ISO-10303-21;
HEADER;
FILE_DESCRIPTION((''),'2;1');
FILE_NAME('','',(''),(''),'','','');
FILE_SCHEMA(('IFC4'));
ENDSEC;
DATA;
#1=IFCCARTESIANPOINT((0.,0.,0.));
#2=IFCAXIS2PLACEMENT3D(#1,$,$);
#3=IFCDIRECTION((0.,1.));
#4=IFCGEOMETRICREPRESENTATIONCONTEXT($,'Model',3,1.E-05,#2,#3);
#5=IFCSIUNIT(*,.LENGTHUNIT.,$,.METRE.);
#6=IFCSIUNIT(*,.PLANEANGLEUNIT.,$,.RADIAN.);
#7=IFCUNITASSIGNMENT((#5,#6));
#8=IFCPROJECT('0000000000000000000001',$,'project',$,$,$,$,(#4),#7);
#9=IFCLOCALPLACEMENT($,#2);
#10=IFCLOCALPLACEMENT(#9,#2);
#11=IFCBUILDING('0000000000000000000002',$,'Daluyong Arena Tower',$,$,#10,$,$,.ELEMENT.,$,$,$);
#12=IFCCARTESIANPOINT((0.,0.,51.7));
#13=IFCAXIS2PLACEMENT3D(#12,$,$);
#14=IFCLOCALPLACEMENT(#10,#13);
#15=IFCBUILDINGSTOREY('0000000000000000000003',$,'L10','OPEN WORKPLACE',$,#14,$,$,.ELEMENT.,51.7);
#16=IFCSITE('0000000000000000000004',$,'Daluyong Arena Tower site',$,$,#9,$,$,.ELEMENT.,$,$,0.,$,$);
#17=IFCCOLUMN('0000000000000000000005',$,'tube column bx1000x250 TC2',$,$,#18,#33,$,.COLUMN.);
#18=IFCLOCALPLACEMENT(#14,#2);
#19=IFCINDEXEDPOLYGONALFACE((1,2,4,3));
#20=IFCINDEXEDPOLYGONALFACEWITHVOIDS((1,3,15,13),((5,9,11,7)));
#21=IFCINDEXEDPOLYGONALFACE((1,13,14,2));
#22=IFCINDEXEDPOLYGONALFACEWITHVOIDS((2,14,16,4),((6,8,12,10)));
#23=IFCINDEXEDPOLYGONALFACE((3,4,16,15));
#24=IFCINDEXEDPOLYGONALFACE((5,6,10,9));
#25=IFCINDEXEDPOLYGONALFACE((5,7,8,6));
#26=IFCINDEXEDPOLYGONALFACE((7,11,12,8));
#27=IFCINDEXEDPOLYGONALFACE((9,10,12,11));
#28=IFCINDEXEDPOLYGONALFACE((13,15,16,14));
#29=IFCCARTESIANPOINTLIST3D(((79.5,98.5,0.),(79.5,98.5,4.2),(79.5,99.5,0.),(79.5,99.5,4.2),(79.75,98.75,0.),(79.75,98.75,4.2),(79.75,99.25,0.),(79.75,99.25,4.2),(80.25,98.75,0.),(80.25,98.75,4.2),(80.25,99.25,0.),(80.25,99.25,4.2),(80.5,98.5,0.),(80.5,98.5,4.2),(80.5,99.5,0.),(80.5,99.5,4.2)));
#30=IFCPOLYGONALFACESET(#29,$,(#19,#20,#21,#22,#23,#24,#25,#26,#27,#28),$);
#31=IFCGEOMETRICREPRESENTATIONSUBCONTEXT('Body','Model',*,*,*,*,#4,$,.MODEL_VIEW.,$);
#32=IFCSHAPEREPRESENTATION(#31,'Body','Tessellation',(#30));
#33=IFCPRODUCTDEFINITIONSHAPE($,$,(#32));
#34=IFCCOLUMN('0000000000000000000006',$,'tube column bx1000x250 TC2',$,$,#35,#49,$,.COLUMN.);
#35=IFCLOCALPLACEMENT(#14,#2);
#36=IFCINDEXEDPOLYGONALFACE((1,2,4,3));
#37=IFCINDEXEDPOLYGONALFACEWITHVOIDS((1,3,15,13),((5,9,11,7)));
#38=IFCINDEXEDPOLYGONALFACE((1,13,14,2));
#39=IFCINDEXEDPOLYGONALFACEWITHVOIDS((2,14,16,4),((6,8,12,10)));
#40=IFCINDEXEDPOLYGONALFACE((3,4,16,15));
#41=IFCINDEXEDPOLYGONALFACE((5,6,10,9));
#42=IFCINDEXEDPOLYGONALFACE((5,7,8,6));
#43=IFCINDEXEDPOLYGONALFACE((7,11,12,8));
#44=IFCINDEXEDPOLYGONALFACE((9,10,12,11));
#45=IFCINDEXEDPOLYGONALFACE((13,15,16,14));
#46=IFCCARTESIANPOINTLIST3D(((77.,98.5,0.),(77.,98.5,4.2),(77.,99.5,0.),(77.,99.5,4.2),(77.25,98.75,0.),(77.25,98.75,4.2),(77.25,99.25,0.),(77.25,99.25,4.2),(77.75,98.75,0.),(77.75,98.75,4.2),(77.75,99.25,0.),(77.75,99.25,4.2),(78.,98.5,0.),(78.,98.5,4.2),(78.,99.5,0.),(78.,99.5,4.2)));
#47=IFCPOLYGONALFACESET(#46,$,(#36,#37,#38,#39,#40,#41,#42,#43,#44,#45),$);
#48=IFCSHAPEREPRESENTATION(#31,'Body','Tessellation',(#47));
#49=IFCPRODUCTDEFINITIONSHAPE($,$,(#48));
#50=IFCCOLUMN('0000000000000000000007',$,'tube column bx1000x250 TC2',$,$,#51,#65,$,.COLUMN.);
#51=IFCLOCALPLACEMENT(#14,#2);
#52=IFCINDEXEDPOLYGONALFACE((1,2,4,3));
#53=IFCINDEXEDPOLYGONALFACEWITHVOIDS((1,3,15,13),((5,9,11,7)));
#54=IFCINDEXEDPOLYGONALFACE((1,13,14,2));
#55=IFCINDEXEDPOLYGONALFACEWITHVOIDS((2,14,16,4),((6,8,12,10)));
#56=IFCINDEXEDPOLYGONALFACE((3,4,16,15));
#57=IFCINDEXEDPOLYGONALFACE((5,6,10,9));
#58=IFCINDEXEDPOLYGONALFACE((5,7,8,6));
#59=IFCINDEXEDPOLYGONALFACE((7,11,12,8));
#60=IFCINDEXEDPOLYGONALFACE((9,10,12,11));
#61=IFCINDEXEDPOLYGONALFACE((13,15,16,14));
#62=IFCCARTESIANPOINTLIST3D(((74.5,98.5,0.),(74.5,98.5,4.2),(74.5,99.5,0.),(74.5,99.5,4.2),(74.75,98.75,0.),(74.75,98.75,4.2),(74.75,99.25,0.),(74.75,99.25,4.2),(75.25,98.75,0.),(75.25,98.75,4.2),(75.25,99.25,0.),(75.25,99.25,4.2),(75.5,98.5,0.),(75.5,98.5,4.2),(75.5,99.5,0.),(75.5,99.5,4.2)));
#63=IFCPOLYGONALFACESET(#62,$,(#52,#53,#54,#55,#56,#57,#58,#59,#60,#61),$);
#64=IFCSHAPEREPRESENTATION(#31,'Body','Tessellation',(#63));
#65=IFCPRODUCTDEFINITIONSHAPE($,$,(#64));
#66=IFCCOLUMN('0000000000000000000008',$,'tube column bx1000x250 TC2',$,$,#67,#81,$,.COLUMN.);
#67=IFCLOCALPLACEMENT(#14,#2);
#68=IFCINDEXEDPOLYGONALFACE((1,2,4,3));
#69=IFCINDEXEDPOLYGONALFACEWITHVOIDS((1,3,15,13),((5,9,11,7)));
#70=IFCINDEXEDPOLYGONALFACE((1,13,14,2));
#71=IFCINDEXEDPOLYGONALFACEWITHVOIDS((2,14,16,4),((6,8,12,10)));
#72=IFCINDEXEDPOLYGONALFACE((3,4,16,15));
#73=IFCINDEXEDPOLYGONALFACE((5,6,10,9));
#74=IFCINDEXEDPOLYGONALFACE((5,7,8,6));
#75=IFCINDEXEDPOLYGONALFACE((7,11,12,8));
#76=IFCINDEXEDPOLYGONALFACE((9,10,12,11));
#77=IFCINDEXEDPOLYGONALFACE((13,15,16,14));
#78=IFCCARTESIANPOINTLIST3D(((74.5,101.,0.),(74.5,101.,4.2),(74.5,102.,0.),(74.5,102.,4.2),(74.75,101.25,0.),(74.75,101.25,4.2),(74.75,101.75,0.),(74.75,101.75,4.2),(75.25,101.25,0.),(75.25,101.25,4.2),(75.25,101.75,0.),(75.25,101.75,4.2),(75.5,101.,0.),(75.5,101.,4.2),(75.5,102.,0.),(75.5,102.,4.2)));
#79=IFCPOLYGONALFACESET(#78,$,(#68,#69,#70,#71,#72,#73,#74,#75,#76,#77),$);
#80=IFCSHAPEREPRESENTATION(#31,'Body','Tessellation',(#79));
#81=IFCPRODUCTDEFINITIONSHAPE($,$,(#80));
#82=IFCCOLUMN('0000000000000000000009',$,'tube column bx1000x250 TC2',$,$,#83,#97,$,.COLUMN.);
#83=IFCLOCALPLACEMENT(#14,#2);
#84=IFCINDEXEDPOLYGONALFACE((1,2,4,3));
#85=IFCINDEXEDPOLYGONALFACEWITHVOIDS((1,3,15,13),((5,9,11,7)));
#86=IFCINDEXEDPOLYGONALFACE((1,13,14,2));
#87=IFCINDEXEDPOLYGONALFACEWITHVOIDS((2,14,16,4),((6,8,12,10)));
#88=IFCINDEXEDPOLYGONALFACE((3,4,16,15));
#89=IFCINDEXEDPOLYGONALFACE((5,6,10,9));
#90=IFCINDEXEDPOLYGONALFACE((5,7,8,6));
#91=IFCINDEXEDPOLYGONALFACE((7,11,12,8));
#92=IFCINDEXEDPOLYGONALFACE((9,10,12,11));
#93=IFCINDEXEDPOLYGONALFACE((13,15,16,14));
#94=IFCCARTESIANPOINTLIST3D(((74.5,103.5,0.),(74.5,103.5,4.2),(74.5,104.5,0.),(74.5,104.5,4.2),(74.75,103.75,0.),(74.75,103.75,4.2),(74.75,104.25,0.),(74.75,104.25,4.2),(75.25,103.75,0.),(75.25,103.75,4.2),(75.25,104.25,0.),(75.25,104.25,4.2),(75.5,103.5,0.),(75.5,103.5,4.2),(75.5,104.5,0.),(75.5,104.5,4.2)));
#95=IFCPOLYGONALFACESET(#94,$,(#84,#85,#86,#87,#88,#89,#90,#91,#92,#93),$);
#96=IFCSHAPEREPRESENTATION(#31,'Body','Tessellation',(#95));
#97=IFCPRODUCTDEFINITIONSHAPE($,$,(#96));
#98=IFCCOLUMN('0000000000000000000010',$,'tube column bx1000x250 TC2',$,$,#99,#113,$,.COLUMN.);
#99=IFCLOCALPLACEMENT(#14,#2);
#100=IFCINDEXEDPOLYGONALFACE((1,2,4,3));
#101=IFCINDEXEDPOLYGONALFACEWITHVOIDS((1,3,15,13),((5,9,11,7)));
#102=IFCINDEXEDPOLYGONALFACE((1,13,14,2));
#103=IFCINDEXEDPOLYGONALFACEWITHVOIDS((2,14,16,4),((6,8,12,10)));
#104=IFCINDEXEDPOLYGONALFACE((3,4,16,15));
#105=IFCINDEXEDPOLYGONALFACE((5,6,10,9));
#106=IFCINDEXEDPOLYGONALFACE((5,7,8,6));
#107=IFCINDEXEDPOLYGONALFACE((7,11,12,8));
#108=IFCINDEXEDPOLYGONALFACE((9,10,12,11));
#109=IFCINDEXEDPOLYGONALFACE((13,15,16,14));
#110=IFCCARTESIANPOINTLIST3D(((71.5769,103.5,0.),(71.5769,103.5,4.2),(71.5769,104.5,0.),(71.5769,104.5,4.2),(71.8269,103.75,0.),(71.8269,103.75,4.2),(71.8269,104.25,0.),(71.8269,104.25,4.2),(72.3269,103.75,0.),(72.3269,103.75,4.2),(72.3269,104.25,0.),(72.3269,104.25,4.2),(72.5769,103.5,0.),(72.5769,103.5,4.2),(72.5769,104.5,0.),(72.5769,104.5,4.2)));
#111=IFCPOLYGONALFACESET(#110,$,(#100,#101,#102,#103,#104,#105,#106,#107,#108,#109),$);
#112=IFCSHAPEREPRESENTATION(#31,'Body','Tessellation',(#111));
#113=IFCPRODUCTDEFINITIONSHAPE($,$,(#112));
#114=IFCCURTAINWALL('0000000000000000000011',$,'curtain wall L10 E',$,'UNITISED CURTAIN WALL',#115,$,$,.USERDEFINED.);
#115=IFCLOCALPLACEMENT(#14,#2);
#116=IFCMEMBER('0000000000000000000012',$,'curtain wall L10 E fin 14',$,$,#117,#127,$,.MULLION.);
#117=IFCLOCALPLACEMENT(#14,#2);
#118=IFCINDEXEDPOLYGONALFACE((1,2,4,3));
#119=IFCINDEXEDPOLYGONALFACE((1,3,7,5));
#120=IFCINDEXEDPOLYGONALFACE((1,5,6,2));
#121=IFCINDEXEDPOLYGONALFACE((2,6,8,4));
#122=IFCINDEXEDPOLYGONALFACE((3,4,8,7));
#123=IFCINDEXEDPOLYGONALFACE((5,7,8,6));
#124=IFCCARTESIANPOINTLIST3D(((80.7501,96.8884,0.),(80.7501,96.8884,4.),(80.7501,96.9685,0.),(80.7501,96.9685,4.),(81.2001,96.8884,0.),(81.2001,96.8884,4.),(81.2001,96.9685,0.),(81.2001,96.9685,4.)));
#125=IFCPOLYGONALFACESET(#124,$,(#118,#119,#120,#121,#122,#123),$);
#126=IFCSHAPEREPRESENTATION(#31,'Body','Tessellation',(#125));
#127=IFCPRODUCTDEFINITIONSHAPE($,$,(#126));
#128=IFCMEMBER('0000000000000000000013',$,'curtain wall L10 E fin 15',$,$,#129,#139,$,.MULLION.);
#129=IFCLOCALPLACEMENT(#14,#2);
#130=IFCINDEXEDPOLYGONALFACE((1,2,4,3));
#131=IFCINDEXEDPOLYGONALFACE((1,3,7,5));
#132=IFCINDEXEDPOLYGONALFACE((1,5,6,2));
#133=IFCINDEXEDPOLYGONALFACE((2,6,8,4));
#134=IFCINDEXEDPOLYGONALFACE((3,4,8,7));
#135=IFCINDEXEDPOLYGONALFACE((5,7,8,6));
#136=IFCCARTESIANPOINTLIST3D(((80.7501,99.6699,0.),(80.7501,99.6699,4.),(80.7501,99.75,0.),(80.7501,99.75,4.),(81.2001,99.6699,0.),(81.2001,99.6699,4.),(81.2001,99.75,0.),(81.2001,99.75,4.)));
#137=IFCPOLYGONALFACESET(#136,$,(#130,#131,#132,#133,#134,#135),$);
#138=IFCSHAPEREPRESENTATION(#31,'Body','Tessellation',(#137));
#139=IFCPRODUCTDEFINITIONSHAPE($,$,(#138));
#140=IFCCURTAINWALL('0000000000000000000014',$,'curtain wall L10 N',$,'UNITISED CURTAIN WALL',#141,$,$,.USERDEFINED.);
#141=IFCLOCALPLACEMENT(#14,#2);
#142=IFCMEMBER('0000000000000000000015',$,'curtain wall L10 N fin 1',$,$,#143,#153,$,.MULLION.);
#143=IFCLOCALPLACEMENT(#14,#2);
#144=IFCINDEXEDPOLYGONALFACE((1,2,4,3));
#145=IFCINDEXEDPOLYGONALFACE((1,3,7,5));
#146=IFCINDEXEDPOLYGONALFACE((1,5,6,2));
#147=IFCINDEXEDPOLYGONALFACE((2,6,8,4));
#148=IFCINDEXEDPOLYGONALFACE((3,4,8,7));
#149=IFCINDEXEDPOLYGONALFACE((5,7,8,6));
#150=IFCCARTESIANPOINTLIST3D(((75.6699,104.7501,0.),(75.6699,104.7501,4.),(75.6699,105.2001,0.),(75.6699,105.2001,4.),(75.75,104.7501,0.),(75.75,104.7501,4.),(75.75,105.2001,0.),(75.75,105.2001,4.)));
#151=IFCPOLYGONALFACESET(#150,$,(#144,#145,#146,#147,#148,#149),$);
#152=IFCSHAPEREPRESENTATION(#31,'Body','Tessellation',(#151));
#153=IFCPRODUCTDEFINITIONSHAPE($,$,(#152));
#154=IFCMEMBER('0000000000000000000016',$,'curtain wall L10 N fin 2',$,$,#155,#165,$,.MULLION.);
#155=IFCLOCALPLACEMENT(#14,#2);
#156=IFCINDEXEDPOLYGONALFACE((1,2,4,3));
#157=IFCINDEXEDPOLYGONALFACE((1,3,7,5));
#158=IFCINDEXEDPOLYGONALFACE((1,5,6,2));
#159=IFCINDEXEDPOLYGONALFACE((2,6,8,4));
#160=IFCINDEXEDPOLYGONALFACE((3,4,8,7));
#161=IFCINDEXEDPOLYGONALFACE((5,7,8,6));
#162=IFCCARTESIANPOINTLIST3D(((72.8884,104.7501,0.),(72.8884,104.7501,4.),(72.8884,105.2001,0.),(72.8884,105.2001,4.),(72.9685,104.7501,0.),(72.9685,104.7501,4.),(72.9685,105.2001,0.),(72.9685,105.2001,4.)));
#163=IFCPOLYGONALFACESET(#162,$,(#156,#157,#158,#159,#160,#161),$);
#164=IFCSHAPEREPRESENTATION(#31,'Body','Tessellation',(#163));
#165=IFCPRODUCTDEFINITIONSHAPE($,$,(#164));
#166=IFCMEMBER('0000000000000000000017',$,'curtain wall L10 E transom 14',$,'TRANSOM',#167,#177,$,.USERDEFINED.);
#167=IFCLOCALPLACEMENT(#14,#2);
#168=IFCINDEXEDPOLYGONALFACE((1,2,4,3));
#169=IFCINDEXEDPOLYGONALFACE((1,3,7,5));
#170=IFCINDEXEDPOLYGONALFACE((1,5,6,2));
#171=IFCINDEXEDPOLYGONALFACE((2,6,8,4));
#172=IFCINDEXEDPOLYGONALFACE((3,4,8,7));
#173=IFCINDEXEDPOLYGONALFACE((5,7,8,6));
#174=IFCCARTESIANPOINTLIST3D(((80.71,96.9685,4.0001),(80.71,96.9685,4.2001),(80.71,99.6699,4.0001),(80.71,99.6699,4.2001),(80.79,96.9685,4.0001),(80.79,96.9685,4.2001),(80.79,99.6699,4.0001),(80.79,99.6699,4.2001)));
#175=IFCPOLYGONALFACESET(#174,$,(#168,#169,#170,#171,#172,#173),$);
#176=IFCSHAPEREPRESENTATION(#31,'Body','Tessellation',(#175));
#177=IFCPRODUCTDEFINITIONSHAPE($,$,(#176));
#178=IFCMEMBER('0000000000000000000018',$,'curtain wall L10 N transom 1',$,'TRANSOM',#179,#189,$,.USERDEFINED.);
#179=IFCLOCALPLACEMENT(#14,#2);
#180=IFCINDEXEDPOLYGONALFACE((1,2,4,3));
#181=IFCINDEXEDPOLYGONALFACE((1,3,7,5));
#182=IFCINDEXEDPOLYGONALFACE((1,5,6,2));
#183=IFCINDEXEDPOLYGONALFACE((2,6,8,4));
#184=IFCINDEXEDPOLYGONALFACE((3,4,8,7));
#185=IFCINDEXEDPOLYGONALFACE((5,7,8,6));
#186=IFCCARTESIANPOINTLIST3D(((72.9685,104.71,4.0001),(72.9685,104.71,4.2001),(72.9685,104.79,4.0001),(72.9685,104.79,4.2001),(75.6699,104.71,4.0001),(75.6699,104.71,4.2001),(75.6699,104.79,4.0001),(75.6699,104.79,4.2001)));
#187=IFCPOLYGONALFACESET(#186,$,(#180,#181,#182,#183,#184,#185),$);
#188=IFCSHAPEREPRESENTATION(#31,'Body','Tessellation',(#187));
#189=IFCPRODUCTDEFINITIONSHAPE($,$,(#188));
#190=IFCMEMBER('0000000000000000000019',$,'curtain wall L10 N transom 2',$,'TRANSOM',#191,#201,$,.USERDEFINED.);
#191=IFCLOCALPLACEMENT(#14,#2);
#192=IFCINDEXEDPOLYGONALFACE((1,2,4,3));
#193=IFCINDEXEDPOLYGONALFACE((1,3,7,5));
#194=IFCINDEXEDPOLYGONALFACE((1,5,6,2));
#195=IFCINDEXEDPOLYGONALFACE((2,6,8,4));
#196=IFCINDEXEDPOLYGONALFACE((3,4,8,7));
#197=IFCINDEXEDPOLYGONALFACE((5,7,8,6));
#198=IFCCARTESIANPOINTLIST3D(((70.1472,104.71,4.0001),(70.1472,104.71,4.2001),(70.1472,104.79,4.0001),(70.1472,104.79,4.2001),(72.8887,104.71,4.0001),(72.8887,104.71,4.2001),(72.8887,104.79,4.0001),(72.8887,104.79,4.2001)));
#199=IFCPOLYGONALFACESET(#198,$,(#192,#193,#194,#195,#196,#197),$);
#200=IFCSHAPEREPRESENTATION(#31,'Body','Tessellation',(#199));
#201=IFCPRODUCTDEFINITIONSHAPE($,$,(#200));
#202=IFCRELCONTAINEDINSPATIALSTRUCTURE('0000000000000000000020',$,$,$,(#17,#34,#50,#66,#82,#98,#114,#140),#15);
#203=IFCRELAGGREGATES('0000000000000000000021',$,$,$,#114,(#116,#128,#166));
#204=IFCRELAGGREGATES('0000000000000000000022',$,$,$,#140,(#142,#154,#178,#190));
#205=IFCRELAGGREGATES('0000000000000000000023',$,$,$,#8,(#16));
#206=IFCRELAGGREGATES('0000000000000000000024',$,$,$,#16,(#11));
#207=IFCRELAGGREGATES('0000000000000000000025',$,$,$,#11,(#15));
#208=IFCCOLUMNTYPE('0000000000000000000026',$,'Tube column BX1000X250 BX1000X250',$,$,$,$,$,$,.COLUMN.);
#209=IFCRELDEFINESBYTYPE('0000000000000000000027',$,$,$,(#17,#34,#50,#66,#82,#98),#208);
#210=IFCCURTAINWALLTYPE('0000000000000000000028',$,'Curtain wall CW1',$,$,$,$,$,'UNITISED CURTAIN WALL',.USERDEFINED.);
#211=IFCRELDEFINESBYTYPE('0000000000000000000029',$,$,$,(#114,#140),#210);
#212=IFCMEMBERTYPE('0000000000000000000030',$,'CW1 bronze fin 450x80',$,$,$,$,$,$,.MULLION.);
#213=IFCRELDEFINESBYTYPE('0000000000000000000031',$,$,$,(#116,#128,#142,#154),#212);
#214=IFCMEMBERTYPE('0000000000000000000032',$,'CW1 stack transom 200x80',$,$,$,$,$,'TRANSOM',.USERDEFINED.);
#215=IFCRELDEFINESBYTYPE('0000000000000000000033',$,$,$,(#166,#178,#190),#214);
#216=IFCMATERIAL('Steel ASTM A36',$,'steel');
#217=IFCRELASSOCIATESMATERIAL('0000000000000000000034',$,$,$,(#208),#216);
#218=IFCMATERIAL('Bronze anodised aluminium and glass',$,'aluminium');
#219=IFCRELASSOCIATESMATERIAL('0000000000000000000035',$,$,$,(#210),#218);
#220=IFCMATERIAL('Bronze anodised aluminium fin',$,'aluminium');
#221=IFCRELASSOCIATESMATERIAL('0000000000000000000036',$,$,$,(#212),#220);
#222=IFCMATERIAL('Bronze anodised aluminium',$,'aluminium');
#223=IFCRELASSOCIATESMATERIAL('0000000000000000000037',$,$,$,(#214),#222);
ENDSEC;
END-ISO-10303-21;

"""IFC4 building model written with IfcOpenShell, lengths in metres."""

from ifc_helpers import new_model, si_unit, direction, frame, origin, origin_2d, place, context, subcontext, project, spatial, rectangle, hollow_rectangle, extrude, material, material_profile, profile_set, type_object, element, aggregate, save


model = new_model("IFC4")

# Units and contexts
model_context = context("Model", 3, precision=1e-05, world=origin(), true_north=direction((0.0, 1.0)))
body_context = subcontext(model_context, "Body", "Model", "MODEL_VIEW")
ifc_project = project(units=[si_unit("LENGTHUNIT", "METRE"), si_unit("PLANEANGLEUNIT", "RADIAN")], contexts=[model_context])

# Site, building, storey
site_placement = place(None, origin())
site = spatial("IfcSite", under=ifc_project, at=site_placement, Name="Daluyong Arena Tower site", CompositionType="ELEMENT", RefElevation=0.0)
building_placement = place(site_placement, origin())
building = spatial("IfcBuilding", under=site, at=building_placement, Name="Daluyong Arena Tower", CompositionType="ELEMENT")
storey_placement = place(building_placement, frame((0.0, 0.0, 51.7)))
storey = spatial("IfcBuildingStorey", under=building, at=storey_placement, Name="L10", Description="OPEN WORKPLACE", CompositionType="ELEMENT", Elevation=51.7)

# Columns
ifc_material_1 = material(Name="Steel ASTM A36", Category="steel")
ifc_material_profile_1 = material_profile(ifc_material_1, hollow_rectangle(XDim=1.0, YDim=1.0, WallThickness=0.25, at=origin_2d()))
ifc_profile_set_1 = profile_set([ifc_material_profile_1], Name="Steel ASTM A36")
column_type = type_object("IfcColumnType", Name="Tube column BX1000X250 BX1000X250", PredefinedType="COLUMN", material=ifc_profile_set_1)
for number, where, z_axis, x_axis, name in (
    (1, (80.0, 99.0, 0.0), (0.0, 0.0, 1.0), (1.0, 0.0, 0.0), "tube column bx1000x250 TC2"),
    (2, (77.5, 99.0, 0.0), (0.0, 0.0, 1.0), (1.0, 0.0, 0.0), "tube column bx1000x250 TC2"),
    (3, (75.0, 99.0, 0.0), (0.0, 0.0, 1.0), (0.0, 1.0, 0.0), "tube column bx1000x250 TC2"),
    (4, (75.0, 101.5, 0.0), (0.0, 0.0, 1.0), (0.0, 1.0, 0.0), "tube column bx1000x250 TC2"),
    (5, (75.0, 104.0, 0.0), (0.0, 0.0, 1.0), (1.0, 0.0, 0.0), "tube column bx1000x250 TC2"),
    (6, (72.0769, 104.0, 0.0), (0.0, 0.0, 1.0), (1.0, 0.0, 0.0), "tube column bx1000x250 TC2"),
):
    element("IfcColumn", number, at=place(storey_placement, frame(where, z_axis=z_axis, x_axis=x_axis)), inside=storey, type_object=column_type, Name=name, PredefinedType="COLUMN", context=body_context, shape_type="SweptSolid", body=[
        extrude(hollow_rectangle(XDim=1.0, YDim=1.0, WallThickness=0.25, at=origin_2d()), origin(), (0.0, 0.0, 1.0), 4.2),
    ])

# Curtain walls, members
ifc_material_2 = material(Name="Bronze anodised aluminium and glass", Category="aluminium")
curtain_wall_type_1 = type_object("IfcCurtainWallType", Name="Curtain wall CW1", ElementType="UNITISED CURTAIN WALL", PredefinedType="USERDEFINED", material=ifc_material_2)
curtain_wall_1_placement = place(storey_placement, origin())
curtain_wall_1 = element("IfcCurtainWall", 7, at=curtain_wall_1_placement, inside=storey, type_object=curtain_wall_type_1, Name="curtain wall L10 E", ObjectType="UNITISED CURTAIN WALL", PredefinedType="USERDEFINED")
ifc_material_3 = material(Name="Bronze anodised aluminium fin", Category="aluminium")
ifc_material_profile_2 = material_profile(ifc_material_3, rectangle(XDim=0.45, YDim=0.0801, at=origin_2d()))
ifc_profile_set_2 = profile_set([ifc_material_profile_2], Name="Bronze anodised aluminium fin")
member_type_1 = type_object("IfcMemberType", Name="CW1 bronze fin 450x80", PredefinedType="MULLION", material=ifc_profile_set_2)
member_1_placement = place(storey_placement, frame((80.9751, 96.9285, 0.0), z_axis=(0.0, 0.0, 1.0), x_axis=(-1.0, 0.0, 0.0)))
member_1 = element("IfcMember", 8, at=member_1_placement, type_object=member_type_1, Name="curtain wall L10 E fin 14", PredefinedType="MULLION", context=body_context, shape_type="SweptSolid", body=[
    extrude(rectangle(XDim=0.45, YDim=0.0801, at=origin_2d()), origin(), (0.0, 0.0, 1.0), 4.0),
])
member_2_placement = place(storey_placement, frame((80.9751, 99.71, 0.0), z_axis=(0.0, 0.0, 1.0), x_axis=(-1.0, 0.0, 0.0)))
member_2 = element("IfcMember", 9, at=member_2_placement, type_object=member_type_1, Name="curtain wall L10 E fin 15", PredefinedType="MULLION", context=body_context, shape_type="SweptSolid", body=[
    extrude(rectangle(XDim=0.45, YDim=0.0801, at=origin_2d()), origin(), (0.0, 0.0, 1.0), 4.0),
])
curtain_wall_2_placement = place(storey_placement, origin())
curtain_wall_2 = element("IfcCurtainWall", 10, at=curtain_wall_2_placement, inside=storey, type_object=curtain_wall_type_1, Name="curtain wall L10 N", ObjectType="UNITISED CURTAIN WALL", PredefinedType="USERDEFINED")
member_3_placement = place(storey_placement, frame((75.71, 104.9751, 0.0), z_axis=(0.0, 0.0, 1.0), x_axis=(0.0, -1.0, 0.0)))
member_3 = element("IfcMember", 11, at=member_3_placement, type_object=member_type_1, Name="curtain wall L10 N fin 1", PredefinedType="MULLION", context=body_context, shape_type="SweptSolid", body=[
    extrude(rectangle(XDim=0.45, YDim=0.0801, at=origin_2d()), origin(), (0.0, 0.0, 1.0), 4.0),
])
member_4_placement = place(storey_placement, frame((72.9285, 104.9751, 0.0), z_axis=(0.0, 0.0, 1.0), x_axis=(0.0, -1.0, 0.0)))
member_4 = element("IfcMember", 12, at=member_4_placement, type_object=member_type_1, Name="curtain wall L10 N fin 2", PredefinedType="MULLION", context=body_context, shape_type="SweptSolid", body=[
    extrude(rectangle(XDim=0.45, YDim=0.0801, at=origin_2d()), origin(), (0.0, 0.0, 1.0), 4.0),
])

# Members
ifc_material_4 = material(Name="Bronze anodised aluminium", Category="aluminium")
ifc_material_profile_3 = material_profile(ifc_material_4, rectangle(XDim=0.0801, YDim=0.2, at=origin_2d()))
ifc_profile_set_3 = profile_set([ifc_material_profile_3], Name="Bronze anodised aluminium")
member_type_2 = type_object("IfcMemberType", Name="CW1 stack transom 200x80", ElementType="TRANSOM", PredefinedType="USERDEFINED", material=ifc_profile_set_3)
member_5_placement = place(storey_placement, frame((80.75, 96.9685, 4.1001), z_axis=(0.0, 1.0, 0.0), x_axis=(-1.0, 0.0, 0.0)))
member_5 = element("IfcMember", 13, at=member_5_placement, type_object=member_type_2, Name="curtain wall L10 E transom 14", ObjectType="TRANSOM", PredefinedType="USERDEFINED", context=body_context, shape_type="SweptSolid", body=[
    extrude(rectangle(XDim=0.0801, YDim=0.2, at=origin_2d()), origin(), (0.0, 0.0, 1.0), 2.7014),
])
member_6_placement = place(storey_placement, frame((75.6699, 104.75, 4.1001), z_axis=(-1.0, 0.0, 0.0), x_axis=(0.0, -1.0, 0.0)))
member_6 = element("IfcMember", 14, at=member_6_placement, type_object=member_type_2, Name="curtain wall L10 N transom 1", ObjectType="TRANSOM", PredefinedType="USERDEFINED", context=body_context, shape_type="SweptSolid", body=[
    extrude(rectangle(XDim=0.0801, YDim=0.2, at=origin_2d()), origin(), (0.0, 0.0, 1.0), 2.7014),
])
member_7_placement = place(storey_placement, frame((72.8887, 104.75, 4.1001), z_axis=(-1.0, 0.0, 0.0), x_axis=(0.0, -1.0, 0.0)))
member_7 = element("IfcMember", 15, at=member_7_placement, type_object=member_type_2, Name="curtain wall L10 N transom 2", ObjectType="TRANSOM", PredefinedType="USERDEFINED", context=body_context, shape_type="SweptSolid", body=[
    extrude(rectangle(XDim=0.0801, YDim=0.2, at=origin_2d()), origin(), (0.0, 0.0, 1.0), 2.7415),
])

aggregate(curtain_wall_1, [member_1, member_2, member_5])
aggregate(curtain_wall_2, [member_3, member_4, member_6, member_7])

save(model, "model.ifc")
